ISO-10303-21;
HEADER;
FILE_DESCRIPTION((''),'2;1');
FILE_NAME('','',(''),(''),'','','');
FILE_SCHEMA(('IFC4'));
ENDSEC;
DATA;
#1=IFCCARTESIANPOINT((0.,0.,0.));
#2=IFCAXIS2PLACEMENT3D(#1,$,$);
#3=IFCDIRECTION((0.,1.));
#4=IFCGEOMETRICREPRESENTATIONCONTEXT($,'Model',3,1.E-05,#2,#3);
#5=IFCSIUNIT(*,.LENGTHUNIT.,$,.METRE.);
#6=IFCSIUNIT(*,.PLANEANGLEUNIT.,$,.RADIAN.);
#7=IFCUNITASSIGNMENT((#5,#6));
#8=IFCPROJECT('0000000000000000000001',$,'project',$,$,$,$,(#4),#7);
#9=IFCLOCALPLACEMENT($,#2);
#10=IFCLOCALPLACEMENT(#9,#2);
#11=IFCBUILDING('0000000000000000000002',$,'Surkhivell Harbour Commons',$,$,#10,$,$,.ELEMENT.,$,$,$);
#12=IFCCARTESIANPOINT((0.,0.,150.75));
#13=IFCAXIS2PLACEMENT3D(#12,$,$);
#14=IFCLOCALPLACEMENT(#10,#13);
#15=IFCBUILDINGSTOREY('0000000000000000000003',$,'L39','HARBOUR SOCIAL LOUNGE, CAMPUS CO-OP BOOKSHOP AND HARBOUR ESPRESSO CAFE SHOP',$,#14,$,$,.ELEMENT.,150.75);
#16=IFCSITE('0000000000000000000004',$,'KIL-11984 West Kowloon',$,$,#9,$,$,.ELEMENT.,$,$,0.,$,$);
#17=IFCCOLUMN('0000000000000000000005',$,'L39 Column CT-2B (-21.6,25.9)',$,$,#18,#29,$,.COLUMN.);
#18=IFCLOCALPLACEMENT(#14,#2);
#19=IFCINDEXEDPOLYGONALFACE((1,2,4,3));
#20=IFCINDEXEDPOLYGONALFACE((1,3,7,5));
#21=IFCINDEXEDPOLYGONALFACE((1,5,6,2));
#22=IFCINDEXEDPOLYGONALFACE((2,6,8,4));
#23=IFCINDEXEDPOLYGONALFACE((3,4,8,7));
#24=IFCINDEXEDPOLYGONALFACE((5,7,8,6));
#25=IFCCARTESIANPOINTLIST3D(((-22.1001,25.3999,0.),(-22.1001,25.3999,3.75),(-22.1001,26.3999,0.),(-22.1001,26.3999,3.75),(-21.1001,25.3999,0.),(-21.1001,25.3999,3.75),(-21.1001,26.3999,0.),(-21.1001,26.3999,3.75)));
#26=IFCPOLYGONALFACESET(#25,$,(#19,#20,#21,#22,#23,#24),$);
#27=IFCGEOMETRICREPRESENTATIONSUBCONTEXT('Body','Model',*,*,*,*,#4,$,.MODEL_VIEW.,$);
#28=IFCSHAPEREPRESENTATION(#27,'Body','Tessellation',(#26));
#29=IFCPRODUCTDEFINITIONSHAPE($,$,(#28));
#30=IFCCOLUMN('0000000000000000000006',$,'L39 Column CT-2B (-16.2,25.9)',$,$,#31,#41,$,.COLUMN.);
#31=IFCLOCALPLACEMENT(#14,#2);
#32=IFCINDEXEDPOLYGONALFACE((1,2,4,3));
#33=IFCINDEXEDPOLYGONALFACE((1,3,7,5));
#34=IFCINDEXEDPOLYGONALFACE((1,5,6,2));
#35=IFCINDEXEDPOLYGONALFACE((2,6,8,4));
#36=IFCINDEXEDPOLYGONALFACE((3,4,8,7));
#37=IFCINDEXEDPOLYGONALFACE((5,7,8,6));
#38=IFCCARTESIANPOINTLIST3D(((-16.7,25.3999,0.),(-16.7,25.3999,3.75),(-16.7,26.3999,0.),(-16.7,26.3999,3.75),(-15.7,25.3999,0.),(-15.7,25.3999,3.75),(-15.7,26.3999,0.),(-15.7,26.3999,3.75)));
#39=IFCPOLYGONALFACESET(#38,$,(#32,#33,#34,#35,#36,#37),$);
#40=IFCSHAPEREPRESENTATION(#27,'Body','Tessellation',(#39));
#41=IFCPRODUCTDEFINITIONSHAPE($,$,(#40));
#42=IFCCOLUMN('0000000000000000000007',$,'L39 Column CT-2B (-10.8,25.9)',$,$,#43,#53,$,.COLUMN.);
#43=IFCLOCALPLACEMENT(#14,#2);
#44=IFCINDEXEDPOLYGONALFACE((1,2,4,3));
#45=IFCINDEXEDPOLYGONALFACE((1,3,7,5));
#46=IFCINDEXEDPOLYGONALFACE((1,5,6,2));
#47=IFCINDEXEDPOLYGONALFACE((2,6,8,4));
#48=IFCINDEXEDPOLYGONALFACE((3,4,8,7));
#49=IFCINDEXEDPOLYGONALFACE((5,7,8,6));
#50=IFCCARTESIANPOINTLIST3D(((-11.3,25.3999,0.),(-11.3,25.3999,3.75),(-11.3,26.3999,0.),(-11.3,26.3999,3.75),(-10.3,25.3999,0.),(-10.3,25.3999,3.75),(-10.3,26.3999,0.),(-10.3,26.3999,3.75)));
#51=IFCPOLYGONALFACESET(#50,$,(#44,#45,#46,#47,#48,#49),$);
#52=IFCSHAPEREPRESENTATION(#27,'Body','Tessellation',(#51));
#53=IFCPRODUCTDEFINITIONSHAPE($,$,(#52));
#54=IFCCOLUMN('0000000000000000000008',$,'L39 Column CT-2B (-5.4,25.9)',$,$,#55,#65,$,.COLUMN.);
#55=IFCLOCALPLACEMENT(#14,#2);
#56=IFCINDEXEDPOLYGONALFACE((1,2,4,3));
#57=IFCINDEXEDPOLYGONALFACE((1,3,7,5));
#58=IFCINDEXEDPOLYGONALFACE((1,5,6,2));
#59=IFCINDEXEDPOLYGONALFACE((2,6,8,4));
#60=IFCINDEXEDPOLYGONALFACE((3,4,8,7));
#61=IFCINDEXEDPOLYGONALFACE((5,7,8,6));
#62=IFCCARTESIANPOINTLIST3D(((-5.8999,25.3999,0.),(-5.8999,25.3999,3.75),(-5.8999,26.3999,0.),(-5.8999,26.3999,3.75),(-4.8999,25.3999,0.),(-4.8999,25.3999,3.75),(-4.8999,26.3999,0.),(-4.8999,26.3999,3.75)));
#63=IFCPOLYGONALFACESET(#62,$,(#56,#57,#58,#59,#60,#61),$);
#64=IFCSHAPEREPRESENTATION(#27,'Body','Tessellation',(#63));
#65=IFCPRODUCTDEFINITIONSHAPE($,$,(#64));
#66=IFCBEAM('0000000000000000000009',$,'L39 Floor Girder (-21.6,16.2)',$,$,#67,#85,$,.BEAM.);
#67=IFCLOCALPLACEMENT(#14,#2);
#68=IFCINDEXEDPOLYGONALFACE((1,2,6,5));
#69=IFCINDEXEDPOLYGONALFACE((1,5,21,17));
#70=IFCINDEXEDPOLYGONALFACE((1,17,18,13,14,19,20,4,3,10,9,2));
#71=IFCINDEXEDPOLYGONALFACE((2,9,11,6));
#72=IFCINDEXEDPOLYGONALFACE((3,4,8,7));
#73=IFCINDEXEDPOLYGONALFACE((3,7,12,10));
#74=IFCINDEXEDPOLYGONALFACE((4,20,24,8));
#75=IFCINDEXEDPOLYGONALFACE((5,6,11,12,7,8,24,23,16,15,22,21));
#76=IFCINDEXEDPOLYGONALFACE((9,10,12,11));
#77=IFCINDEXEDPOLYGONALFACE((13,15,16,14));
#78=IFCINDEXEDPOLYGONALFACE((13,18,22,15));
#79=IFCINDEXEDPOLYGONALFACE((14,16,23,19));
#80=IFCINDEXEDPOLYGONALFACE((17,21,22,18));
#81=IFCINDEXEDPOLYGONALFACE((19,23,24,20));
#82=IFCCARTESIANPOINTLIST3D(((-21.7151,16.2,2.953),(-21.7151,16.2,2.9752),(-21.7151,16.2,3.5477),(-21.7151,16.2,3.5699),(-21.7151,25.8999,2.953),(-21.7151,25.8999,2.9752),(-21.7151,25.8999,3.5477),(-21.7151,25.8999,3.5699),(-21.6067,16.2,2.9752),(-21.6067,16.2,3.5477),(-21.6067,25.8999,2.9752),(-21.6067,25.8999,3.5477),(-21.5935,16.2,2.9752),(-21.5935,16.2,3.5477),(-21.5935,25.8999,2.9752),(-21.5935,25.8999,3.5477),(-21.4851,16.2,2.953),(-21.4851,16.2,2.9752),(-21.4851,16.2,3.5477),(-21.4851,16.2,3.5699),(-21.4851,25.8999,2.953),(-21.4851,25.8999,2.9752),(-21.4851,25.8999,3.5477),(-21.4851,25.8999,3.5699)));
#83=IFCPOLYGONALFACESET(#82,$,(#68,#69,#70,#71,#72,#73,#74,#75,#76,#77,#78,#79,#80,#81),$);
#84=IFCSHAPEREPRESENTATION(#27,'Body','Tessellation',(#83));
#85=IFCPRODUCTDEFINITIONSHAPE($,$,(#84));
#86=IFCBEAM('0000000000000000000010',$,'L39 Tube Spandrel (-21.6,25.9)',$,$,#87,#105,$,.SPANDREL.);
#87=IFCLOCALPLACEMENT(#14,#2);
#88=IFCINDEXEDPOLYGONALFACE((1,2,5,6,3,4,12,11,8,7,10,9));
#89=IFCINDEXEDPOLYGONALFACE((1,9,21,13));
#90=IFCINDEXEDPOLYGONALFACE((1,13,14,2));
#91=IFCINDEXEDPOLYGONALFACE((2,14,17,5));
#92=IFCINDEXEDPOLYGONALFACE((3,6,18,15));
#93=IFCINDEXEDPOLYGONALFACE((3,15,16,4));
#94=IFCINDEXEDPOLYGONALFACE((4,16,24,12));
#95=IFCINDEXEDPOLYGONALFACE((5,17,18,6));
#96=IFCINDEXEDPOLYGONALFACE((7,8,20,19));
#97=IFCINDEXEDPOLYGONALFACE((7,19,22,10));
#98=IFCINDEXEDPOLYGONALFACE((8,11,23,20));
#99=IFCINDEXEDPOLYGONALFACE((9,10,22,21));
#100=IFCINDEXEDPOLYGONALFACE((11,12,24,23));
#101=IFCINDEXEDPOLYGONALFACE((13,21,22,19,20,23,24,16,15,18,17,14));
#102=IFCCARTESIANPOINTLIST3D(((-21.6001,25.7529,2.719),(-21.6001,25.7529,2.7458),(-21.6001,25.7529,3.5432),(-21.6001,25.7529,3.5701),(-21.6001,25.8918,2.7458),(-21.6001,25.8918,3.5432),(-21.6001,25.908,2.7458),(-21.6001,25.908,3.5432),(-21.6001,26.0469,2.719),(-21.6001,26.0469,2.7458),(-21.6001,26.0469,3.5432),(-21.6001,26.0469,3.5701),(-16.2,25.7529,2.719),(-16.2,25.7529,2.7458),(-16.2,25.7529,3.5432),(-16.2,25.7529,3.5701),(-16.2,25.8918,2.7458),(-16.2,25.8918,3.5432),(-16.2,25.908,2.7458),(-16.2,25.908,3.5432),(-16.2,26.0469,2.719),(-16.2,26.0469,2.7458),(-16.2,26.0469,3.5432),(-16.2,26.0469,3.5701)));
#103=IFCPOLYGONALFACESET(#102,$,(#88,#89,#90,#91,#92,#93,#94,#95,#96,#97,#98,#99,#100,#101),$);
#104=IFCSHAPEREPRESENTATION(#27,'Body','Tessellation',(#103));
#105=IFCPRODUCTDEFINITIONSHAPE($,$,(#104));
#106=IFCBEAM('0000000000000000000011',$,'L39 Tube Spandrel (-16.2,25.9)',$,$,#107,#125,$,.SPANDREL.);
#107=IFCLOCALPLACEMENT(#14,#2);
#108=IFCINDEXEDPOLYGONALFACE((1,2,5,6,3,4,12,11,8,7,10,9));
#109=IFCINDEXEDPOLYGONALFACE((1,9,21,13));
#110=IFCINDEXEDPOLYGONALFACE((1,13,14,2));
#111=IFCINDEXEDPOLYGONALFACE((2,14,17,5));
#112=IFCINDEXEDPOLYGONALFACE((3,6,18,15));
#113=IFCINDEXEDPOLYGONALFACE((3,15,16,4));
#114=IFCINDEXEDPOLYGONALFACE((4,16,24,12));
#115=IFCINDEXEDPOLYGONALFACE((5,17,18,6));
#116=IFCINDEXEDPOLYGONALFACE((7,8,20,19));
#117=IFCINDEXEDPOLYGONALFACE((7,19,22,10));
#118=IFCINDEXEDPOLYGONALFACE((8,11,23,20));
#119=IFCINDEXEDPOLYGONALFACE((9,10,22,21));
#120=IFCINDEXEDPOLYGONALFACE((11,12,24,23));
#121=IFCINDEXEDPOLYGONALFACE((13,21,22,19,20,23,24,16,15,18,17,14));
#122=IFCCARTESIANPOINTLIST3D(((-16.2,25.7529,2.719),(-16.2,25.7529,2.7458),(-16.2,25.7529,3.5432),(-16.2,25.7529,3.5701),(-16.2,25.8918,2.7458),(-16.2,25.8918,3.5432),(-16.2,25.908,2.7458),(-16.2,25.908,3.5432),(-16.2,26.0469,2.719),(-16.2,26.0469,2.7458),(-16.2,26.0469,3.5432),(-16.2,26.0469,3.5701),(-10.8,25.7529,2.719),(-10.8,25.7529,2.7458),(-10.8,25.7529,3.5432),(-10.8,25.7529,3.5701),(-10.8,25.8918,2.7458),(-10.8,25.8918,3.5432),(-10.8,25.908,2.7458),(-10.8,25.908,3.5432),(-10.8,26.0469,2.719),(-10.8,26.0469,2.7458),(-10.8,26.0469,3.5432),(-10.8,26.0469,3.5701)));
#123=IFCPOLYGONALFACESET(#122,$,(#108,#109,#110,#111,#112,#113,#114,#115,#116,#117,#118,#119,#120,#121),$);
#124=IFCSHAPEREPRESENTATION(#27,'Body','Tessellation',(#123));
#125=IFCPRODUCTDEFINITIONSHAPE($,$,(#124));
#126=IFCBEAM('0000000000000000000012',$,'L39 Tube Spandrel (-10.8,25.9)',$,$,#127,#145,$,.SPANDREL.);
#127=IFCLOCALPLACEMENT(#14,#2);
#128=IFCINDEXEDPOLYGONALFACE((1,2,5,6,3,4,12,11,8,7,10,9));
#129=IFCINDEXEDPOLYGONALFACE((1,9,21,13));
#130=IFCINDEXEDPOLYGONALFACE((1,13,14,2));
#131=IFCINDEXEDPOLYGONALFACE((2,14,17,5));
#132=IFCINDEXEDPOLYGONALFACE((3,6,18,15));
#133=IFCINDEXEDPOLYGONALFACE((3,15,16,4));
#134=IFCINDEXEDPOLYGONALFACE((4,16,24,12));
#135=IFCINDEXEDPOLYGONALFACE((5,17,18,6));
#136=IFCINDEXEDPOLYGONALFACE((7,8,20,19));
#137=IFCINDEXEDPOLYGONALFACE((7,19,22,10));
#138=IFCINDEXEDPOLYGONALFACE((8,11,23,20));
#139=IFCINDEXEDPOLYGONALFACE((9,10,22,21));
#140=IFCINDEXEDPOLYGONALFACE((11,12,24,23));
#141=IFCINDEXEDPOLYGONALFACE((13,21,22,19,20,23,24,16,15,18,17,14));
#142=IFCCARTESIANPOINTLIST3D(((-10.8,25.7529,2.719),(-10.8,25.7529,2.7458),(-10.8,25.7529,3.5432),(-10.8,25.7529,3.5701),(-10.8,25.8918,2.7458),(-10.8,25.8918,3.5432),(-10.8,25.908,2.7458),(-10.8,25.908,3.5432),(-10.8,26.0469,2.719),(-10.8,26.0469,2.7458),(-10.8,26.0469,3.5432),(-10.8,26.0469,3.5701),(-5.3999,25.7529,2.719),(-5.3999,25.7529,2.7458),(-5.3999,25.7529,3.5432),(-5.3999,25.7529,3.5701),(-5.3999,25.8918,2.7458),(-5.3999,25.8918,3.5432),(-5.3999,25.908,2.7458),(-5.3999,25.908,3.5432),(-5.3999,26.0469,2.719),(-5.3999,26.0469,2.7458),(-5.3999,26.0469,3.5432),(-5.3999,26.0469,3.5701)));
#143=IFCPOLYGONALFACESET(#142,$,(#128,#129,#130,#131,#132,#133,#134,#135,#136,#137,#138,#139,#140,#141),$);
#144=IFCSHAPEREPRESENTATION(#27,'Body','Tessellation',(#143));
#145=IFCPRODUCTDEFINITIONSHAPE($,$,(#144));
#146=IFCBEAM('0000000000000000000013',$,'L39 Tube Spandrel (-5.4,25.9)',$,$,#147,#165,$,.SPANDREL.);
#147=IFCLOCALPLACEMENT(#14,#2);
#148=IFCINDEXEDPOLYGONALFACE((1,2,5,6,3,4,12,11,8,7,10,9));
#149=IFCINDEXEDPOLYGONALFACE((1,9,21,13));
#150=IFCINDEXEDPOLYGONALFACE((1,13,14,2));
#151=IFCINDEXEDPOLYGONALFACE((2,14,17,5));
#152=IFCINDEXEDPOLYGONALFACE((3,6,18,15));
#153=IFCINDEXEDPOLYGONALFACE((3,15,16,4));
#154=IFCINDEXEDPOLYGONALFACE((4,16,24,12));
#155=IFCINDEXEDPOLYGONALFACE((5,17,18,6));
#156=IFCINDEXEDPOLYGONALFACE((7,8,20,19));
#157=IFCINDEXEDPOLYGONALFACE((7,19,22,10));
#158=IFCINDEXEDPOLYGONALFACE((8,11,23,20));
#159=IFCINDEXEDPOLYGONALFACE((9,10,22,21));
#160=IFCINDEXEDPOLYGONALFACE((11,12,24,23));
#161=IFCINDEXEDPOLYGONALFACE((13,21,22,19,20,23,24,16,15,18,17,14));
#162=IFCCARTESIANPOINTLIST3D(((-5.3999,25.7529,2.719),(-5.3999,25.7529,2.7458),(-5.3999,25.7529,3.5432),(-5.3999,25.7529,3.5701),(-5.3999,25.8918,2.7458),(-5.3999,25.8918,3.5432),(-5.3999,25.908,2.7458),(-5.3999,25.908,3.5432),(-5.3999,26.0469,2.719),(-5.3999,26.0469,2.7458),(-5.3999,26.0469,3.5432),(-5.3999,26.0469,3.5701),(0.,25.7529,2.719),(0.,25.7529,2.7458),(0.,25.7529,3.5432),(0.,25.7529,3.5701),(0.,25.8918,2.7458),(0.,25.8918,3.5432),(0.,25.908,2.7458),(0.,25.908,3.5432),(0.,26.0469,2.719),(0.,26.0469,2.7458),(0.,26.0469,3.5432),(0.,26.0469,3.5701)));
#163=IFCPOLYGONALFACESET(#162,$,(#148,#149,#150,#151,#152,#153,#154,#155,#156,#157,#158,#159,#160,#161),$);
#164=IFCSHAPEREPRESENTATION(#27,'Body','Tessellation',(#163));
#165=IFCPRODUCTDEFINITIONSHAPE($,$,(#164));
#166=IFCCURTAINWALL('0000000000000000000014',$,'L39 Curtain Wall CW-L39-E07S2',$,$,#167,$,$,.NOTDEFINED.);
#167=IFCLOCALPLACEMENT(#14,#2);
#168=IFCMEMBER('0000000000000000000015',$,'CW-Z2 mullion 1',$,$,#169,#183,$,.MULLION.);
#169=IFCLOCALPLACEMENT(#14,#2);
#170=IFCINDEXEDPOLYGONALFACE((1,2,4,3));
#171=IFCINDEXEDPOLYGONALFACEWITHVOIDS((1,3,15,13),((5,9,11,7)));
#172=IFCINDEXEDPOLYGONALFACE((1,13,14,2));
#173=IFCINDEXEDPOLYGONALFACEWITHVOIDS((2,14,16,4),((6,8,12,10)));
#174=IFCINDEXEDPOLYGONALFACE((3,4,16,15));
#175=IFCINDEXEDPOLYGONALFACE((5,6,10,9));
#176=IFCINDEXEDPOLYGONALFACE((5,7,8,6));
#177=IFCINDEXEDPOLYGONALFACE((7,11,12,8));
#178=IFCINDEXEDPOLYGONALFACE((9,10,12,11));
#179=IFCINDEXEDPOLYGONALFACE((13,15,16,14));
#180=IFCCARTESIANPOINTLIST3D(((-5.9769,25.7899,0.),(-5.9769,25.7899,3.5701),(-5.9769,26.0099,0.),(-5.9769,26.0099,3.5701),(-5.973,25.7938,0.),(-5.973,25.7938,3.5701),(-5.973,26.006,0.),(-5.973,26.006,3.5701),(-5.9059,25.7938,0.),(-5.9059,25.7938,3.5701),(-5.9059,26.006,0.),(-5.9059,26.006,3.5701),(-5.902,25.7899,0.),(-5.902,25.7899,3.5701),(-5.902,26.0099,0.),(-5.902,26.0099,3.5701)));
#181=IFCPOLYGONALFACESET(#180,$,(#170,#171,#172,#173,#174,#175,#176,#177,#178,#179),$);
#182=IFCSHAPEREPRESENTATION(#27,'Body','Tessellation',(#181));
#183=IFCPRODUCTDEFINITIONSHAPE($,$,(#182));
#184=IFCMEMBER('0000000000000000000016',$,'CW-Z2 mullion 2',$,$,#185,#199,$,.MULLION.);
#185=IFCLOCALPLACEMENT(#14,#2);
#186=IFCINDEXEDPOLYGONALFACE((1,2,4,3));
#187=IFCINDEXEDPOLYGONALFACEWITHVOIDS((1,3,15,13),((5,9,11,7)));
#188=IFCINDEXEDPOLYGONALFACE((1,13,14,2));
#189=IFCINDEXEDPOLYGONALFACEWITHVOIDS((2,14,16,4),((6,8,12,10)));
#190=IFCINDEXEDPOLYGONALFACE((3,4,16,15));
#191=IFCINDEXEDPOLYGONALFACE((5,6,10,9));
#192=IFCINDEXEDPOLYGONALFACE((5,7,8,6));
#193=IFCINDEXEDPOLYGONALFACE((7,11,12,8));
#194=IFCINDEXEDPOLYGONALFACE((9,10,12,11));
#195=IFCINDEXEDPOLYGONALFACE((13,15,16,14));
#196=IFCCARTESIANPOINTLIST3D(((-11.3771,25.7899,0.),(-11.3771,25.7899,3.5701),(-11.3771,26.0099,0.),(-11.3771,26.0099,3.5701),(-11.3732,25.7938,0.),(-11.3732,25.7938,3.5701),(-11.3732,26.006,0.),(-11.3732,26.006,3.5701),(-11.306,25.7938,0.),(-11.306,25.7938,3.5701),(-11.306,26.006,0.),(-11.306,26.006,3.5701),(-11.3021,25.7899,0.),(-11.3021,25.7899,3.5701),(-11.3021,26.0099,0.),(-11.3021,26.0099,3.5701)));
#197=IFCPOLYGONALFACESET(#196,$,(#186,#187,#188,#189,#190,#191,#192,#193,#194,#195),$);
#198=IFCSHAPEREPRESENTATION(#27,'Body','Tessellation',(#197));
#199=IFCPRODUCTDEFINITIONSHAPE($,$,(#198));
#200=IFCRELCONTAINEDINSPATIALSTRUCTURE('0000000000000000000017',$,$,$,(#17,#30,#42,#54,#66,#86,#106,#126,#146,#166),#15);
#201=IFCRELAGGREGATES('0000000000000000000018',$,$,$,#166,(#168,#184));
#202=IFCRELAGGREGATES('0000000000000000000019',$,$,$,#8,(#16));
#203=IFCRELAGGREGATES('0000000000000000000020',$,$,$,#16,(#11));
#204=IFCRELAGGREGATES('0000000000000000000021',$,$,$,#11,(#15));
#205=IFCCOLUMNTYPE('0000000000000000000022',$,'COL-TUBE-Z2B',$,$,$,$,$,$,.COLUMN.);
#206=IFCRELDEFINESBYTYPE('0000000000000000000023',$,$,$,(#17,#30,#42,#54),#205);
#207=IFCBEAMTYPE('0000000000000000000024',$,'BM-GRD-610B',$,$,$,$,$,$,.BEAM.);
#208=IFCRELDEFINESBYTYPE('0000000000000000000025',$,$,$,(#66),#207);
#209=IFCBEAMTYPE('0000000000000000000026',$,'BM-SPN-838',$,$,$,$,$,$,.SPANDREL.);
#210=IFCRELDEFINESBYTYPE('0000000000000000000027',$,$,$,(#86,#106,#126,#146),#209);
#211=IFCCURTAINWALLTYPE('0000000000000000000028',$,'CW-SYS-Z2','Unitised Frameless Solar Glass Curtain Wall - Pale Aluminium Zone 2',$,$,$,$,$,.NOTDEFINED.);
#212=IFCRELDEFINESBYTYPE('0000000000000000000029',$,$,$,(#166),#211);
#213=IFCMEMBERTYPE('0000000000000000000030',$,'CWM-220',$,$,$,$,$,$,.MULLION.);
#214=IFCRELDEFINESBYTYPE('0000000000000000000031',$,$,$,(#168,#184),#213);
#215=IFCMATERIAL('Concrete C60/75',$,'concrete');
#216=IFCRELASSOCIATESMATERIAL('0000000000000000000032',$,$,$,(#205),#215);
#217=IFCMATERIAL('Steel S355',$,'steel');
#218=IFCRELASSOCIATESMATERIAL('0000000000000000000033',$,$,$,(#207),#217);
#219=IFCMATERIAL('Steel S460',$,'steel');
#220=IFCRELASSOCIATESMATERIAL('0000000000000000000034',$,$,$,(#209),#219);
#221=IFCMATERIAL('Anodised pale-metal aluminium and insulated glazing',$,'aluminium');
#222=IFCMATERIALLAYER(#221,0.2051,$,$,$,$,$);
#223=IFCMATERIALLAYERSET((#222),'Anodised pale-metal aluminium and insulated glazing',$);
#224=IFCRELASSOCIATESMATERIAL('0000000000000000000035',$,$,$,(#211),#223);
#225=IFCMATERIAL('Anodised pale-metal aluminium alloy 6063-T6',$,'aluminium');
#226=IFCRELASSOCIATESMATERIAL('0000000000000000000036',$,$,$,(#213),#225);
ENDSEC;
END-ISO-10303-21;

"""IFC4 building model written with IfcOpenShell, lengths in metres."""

from ifc_helpers import new_model, si_unit, direction, frame, origin, origin_2d, place, context, subcontext, project, spatial, rectangle, hollow_rectangle, i_section, extrude, material, layer, layer_set, material_profile, profile_set, type_object, element, aggregate, save


model = new_model("IFC4")

# Units and contexts
model_context = context("Model", 3, precision=1e-05, world=origin(), true_north=direction((0.0, 1.0)))
body_context = subcontext(model_context, "Body", "Model", "MODEL_VIEW")
ifc_project = project(units=[si_unit("LENGTHUNIT", "METRE"), si_unit("PLANEANGLEUNIT", "RADIAN")], contexts=[model_context])

# Site, building, storey
site_placement = place(None, origin())
site = spatial("IfcSite", under=ifc_project, at=site_placement, Name="KIL-11984 West Kowloon", CompositionType="ELEMENT", RefElevation=0.0)
building_placement = place(site_placement, origin())
building = spatial("IfcBuilding", under=site, at=building_placement, Name="Surkhivell Harbour Commons", CompositionType="ELEMENT")
storey_placement = place(building_placement, frame((0.0, 0.0, 150.75)))
storey = spatial("IfcBuildingStorey", under=building, at=storey_placement, Name="L39", Description="HARBOUR SOCIAL LOUNGE, CAMPUS CO-OP BOOKSHOP AND HARBOUR ESPRESSO CAFE SHOP", CompositionType="ELEMENT", Elevation=150.75)

# Columns
ifc_material_1 = material(Name="Concrete C60/75", Category="concrete")
ifc_material_profile_1 = material_profile(ifc_material_1, rectangle(XDim=1.0, YDim=1.0, at=origin_2d()), Name="RC-COL-1000x1000")
ifc_profile_set_1 = profile_set([ifc_material_profile_1], Name="Concrete C60/75")
column_type = type_object("IfcColumnType", Name="COL-TUBE-Z2B", PredefinedType="COLUMN", material=ifc_profile_set_1)
for number, where, z_axis, x_axis, name in (
    (1, (-21.6001, 25.8999, 0.0), (0.0, 0.0, 1.0), (1.0, 0.0, 0.0), "L39 Column CT-2B (-21.6,25.9)"),
    (2, (-16.2, 25.8999, 0.0), (0.0, 0.0, 1.0), (1.0, 0.0, 0.0), "L39 Column CT-2B (-16.2,25.9)"),
    (3, (-10.8, 25.8999, 0.0), (0.0, 0.0, 1.0), (1.0, 0.0, 0.0), "L39 Column CT-2B (-10.8,25.9)"),
    (4, (-5.3999, 25.8999, 0.0), (0.0, 0.0, 1.0), (1.0, 0.0, 0.0), "L39 Column CT-2B (-5.4,25.9)"),
):
    element("IfcColumn", number, at=place(storey_placement, frame(where, z_axis=z_axis, x_axis=x_axis)), inside=storey, type_object=column_type, Name=name, PredefinedType="COLUMN", context=body_context, shape_type="SweptSolid", body=[
        extrude(rectangle(XDim=1.0, YDim=1.0, at=origin_2d()), origin(), (0.0, 0.0, 1.0), 3.75),
    ])

# Beams
ifc_material_2 = material(Name="Steel S355", Category="steel")
ifc_material_profile_2 = material_profile(ifc_material_2, i_section(OverallWidth=0.23, OverallDepth=0.6169, WebThickness=0.0132, FlangeThickness=0.0222, at=origin_2d()), Name="UB610x229x140")
ifc_profile_set_2 = profile_set([ifc_material_profile_2], Name="Steel S355")
beam_type_1 = type_object("IfcBeamType", Name="BM-GRD-610B", PredefinedType="BEAM", material=ifc_profile_set_2)
beam_1_placement = place(storey_placement, frame((-21.6001, 16.2, 3.2615), z_axis=(0.0, 1.0, 0.0), x_axis=(-1.0, 0.0, 0.0)))
element("IfcBeam", 5, at=beam_1_placement, inside=storey, type_object=beam_type_1, Name="L39 Floor Girder (-21.6,16.2)", PredefinedType="BEAM", context=body_context, shape_type="SweptSolid", body=[
    extrude(i_section(OverallWidth=0.23, OverallDepth=0.6169, WebThickness=0.0132, FlangeThickness=0.0222, at=origin_2d()), origin(), (0.0, 0.0, 1.0), 9.7),
])
ifc_material_3 = material(Name="Steel S460", Category="steel")
ifc_material_profile_3 = material_profile(ifc_material_3, i_section(OverallWidth=0.2939, OverallDepth=0.8511, WebThickness=0.0161, FlangeThickness=0.0269, at=origin_2d()), Name="UB838x292x226")
ifc_profile_set_3 = profile_set([ifc_material_profile_3], Name="Steel S460")
beam_type_2 = type_object("IfcBeamType", Name="BM-SPN-838", PredefinedType="SPANDREL", material=ifc_profile_set_3)
beam_2_placement = place(storey_placement, frame((-21.6001, 25.8999, 3.1445), z_axis=(1.0, 0.0, 0.0), x_axis=(0.0, 1.0, 0.0)))
element("IfcBeam", 6, at=beam_2_placement, inside=storey, type_object=beam_type_2, Name="L39 Tube Spandrel (-21.6,25.9)", PredefinedType="SPANDREL", context=body_context, shape_type="SweptSolid", body=[
    extrude(i_section(OverallWidth=0.2939, OverallDepth=0.8511, WebThickness=0.0161, FlangeThickness=0.0269, at=origin_2d()), origin(), (0.0, 0.0, 1.0), 5.4001),
])
beam_3_placement = place(storey_placement, frame((-16.2, 25.8999, 3.1445), z_axis=(1.0, 0.0, 0.0), x_axis=(0.0, 1.0, 0.0)))
element("IfcBeam", 7, at=beam_3_placement, inside=storey, type_object=beam_type_2, Name="L39 Tube Spandrel (-16.2,25.9)", PredefinedType="SPANDREL", context=body_context, shape_type="SweptSolid", body=[
    extrude(i_section(OverallWidth=0.2939, OverallDepth=0.8511, WebThickness=0.0161, FlangeThickness=0.0269, at=origin_2d()), origin(), (0.0, 0.0, 1.0), 5.3999),
])
beam_4_placement = place(storey_placement, frame((-10.8, 25.8999, 3.1445), z_axis=(1.0, 0.0, 0.0), x_axis=(0.0, 1.0, 0.0)))
element("IfcBeam", 8, at=beam_4_placement, inside=storey, type_object=beam_type_2, Name="L39 Tube Spandrel (-10.8,25.9)", PredefinedType="SPANDREL", context=body_context, shape_type="SweptSolid", body=[
    extrude(i_section(OverallWidth=0.2939, OverallDepth=0.8511, WebThickness=0.0161, FlangeThickness=0.0269, at=origin_2d()), origin(), (0.0, 0.0, 1.0), 5.4001),
])
beam_5_placement = place(storey_placement, frame((-5.3999, 25.8999, 3.1445), z_axis=(1.0, 0.0, 0.0), x_axis=(0.0, 1.0, 0.0)))
element("IfcBeam", 9, at=beam_5_placement, inside=storey, type_object=beam_type_2, Name="L39 Tube Spandrel (-5.4,25.9)", PredefinedType="SPANDREL", context=body_context, shape_type="SweptSolid", body=[
    extrude(i_section(OverallWidth=0.2939, OverallDepth=0.8511, WebThickness=0.0161, FlangeThickness=0.0269, at=origin_2d()), origin(), (0.0, 0.0, 1.0), 5.3999),
])

# Curtain wall, members
ifc_material_4 = material(Name="Anodised pale-metal aluminium and insulated glazing", Category="aluminium")
ifc_layer_1 = layer(ifc_material_4, 0.2051)
ifc_layer_set_1 = layer_set([ifc_layer_1], Name="Anodised pale-metal aluminium and insulated glazing")
curtain_wall_type = type_object("IfcCurtainWallType", Name="CW-SYS-Z2", Description="Unitised Frameless Solar Glass Curtain Wall - Pale Aluminium Zone 2", PredefinedType="NOTDEFINED", material=ifc_layer_set_1)
curtain_wall_placement = place(storey_placement, origin())
curtain_wall = element("IfcCurtainWall", 10, at=curtain_wall_placement, inside=storey, type_object=curtain_wall_type, Name="L39 Curtain Wall CW-L39-E07S2", PredefinedType="NOTDEFINED")
ifc_material_5 = material(Name="Anodised pale-metal aluminium alloy 6063-T6", Category="aluminium")
ifc_material_profile_4 = material_profile(ifc_material_5, hollow_rectangle(XDim=0.075, YDim=0.22, WallThickness=0.0039, at=origin_2d()), Name="ALU-MULL-75x220")
ifc_profile_set_4 = profile_set([ifc_material_profile_4], Name="Anodised pale-metal aluminium alloy 6063-T6")
member_type_1 = type_object("IfcMemberType", Name="CWM-220", PredefinedType="MULLION", material=ifc_profile_set_4)
member_1_placement = place(storey_placement, frame((-5.9395, 25.8999, 0.0), z_axis=(0.0, 0.0, 1.0), x_axis=(-1.0, 0.0, 0.0)))
member_1 = element("IfcMember", 11, at=member_1_placement, type_object=member_type_1, Name="CW-Z2 mullion 1", PredefinedType="MULLION", context=body_context, shape_type="SweptSolid", body=[
    extrude(hollow_rectangle(XDim=0.075, YDim=0.22, WallThickness=0.0039, at=origin_2d()), origin(), (0.0, 0.0, 1.0), 3.5701),
])
member_2_placement = place(storey_placement, frame((-11.3396, 25.8999, 0.0), z_axis=(0.0, 0.0, 1.0), x_axis=(-1.0, 0.0, 0.0)))
member_2 = element("IfcMember", 12, at=member_2_placement, type_object=member_type_1, Name="CW-Z2 mullion 2", PredefinedType="MULLION", context=body_context, shape_type="SweptSolid", body=[
    extrude(hollow_rectangle(XDim=0.075, YDim=0.22, WallThickness=0.0039, at=origin_2d()), origin(), (0.0, 0.0, 1.0), 3.5701),
])

aggregate(curtain_wall, [member_1, member_2])

save(model, "model.ifc")
